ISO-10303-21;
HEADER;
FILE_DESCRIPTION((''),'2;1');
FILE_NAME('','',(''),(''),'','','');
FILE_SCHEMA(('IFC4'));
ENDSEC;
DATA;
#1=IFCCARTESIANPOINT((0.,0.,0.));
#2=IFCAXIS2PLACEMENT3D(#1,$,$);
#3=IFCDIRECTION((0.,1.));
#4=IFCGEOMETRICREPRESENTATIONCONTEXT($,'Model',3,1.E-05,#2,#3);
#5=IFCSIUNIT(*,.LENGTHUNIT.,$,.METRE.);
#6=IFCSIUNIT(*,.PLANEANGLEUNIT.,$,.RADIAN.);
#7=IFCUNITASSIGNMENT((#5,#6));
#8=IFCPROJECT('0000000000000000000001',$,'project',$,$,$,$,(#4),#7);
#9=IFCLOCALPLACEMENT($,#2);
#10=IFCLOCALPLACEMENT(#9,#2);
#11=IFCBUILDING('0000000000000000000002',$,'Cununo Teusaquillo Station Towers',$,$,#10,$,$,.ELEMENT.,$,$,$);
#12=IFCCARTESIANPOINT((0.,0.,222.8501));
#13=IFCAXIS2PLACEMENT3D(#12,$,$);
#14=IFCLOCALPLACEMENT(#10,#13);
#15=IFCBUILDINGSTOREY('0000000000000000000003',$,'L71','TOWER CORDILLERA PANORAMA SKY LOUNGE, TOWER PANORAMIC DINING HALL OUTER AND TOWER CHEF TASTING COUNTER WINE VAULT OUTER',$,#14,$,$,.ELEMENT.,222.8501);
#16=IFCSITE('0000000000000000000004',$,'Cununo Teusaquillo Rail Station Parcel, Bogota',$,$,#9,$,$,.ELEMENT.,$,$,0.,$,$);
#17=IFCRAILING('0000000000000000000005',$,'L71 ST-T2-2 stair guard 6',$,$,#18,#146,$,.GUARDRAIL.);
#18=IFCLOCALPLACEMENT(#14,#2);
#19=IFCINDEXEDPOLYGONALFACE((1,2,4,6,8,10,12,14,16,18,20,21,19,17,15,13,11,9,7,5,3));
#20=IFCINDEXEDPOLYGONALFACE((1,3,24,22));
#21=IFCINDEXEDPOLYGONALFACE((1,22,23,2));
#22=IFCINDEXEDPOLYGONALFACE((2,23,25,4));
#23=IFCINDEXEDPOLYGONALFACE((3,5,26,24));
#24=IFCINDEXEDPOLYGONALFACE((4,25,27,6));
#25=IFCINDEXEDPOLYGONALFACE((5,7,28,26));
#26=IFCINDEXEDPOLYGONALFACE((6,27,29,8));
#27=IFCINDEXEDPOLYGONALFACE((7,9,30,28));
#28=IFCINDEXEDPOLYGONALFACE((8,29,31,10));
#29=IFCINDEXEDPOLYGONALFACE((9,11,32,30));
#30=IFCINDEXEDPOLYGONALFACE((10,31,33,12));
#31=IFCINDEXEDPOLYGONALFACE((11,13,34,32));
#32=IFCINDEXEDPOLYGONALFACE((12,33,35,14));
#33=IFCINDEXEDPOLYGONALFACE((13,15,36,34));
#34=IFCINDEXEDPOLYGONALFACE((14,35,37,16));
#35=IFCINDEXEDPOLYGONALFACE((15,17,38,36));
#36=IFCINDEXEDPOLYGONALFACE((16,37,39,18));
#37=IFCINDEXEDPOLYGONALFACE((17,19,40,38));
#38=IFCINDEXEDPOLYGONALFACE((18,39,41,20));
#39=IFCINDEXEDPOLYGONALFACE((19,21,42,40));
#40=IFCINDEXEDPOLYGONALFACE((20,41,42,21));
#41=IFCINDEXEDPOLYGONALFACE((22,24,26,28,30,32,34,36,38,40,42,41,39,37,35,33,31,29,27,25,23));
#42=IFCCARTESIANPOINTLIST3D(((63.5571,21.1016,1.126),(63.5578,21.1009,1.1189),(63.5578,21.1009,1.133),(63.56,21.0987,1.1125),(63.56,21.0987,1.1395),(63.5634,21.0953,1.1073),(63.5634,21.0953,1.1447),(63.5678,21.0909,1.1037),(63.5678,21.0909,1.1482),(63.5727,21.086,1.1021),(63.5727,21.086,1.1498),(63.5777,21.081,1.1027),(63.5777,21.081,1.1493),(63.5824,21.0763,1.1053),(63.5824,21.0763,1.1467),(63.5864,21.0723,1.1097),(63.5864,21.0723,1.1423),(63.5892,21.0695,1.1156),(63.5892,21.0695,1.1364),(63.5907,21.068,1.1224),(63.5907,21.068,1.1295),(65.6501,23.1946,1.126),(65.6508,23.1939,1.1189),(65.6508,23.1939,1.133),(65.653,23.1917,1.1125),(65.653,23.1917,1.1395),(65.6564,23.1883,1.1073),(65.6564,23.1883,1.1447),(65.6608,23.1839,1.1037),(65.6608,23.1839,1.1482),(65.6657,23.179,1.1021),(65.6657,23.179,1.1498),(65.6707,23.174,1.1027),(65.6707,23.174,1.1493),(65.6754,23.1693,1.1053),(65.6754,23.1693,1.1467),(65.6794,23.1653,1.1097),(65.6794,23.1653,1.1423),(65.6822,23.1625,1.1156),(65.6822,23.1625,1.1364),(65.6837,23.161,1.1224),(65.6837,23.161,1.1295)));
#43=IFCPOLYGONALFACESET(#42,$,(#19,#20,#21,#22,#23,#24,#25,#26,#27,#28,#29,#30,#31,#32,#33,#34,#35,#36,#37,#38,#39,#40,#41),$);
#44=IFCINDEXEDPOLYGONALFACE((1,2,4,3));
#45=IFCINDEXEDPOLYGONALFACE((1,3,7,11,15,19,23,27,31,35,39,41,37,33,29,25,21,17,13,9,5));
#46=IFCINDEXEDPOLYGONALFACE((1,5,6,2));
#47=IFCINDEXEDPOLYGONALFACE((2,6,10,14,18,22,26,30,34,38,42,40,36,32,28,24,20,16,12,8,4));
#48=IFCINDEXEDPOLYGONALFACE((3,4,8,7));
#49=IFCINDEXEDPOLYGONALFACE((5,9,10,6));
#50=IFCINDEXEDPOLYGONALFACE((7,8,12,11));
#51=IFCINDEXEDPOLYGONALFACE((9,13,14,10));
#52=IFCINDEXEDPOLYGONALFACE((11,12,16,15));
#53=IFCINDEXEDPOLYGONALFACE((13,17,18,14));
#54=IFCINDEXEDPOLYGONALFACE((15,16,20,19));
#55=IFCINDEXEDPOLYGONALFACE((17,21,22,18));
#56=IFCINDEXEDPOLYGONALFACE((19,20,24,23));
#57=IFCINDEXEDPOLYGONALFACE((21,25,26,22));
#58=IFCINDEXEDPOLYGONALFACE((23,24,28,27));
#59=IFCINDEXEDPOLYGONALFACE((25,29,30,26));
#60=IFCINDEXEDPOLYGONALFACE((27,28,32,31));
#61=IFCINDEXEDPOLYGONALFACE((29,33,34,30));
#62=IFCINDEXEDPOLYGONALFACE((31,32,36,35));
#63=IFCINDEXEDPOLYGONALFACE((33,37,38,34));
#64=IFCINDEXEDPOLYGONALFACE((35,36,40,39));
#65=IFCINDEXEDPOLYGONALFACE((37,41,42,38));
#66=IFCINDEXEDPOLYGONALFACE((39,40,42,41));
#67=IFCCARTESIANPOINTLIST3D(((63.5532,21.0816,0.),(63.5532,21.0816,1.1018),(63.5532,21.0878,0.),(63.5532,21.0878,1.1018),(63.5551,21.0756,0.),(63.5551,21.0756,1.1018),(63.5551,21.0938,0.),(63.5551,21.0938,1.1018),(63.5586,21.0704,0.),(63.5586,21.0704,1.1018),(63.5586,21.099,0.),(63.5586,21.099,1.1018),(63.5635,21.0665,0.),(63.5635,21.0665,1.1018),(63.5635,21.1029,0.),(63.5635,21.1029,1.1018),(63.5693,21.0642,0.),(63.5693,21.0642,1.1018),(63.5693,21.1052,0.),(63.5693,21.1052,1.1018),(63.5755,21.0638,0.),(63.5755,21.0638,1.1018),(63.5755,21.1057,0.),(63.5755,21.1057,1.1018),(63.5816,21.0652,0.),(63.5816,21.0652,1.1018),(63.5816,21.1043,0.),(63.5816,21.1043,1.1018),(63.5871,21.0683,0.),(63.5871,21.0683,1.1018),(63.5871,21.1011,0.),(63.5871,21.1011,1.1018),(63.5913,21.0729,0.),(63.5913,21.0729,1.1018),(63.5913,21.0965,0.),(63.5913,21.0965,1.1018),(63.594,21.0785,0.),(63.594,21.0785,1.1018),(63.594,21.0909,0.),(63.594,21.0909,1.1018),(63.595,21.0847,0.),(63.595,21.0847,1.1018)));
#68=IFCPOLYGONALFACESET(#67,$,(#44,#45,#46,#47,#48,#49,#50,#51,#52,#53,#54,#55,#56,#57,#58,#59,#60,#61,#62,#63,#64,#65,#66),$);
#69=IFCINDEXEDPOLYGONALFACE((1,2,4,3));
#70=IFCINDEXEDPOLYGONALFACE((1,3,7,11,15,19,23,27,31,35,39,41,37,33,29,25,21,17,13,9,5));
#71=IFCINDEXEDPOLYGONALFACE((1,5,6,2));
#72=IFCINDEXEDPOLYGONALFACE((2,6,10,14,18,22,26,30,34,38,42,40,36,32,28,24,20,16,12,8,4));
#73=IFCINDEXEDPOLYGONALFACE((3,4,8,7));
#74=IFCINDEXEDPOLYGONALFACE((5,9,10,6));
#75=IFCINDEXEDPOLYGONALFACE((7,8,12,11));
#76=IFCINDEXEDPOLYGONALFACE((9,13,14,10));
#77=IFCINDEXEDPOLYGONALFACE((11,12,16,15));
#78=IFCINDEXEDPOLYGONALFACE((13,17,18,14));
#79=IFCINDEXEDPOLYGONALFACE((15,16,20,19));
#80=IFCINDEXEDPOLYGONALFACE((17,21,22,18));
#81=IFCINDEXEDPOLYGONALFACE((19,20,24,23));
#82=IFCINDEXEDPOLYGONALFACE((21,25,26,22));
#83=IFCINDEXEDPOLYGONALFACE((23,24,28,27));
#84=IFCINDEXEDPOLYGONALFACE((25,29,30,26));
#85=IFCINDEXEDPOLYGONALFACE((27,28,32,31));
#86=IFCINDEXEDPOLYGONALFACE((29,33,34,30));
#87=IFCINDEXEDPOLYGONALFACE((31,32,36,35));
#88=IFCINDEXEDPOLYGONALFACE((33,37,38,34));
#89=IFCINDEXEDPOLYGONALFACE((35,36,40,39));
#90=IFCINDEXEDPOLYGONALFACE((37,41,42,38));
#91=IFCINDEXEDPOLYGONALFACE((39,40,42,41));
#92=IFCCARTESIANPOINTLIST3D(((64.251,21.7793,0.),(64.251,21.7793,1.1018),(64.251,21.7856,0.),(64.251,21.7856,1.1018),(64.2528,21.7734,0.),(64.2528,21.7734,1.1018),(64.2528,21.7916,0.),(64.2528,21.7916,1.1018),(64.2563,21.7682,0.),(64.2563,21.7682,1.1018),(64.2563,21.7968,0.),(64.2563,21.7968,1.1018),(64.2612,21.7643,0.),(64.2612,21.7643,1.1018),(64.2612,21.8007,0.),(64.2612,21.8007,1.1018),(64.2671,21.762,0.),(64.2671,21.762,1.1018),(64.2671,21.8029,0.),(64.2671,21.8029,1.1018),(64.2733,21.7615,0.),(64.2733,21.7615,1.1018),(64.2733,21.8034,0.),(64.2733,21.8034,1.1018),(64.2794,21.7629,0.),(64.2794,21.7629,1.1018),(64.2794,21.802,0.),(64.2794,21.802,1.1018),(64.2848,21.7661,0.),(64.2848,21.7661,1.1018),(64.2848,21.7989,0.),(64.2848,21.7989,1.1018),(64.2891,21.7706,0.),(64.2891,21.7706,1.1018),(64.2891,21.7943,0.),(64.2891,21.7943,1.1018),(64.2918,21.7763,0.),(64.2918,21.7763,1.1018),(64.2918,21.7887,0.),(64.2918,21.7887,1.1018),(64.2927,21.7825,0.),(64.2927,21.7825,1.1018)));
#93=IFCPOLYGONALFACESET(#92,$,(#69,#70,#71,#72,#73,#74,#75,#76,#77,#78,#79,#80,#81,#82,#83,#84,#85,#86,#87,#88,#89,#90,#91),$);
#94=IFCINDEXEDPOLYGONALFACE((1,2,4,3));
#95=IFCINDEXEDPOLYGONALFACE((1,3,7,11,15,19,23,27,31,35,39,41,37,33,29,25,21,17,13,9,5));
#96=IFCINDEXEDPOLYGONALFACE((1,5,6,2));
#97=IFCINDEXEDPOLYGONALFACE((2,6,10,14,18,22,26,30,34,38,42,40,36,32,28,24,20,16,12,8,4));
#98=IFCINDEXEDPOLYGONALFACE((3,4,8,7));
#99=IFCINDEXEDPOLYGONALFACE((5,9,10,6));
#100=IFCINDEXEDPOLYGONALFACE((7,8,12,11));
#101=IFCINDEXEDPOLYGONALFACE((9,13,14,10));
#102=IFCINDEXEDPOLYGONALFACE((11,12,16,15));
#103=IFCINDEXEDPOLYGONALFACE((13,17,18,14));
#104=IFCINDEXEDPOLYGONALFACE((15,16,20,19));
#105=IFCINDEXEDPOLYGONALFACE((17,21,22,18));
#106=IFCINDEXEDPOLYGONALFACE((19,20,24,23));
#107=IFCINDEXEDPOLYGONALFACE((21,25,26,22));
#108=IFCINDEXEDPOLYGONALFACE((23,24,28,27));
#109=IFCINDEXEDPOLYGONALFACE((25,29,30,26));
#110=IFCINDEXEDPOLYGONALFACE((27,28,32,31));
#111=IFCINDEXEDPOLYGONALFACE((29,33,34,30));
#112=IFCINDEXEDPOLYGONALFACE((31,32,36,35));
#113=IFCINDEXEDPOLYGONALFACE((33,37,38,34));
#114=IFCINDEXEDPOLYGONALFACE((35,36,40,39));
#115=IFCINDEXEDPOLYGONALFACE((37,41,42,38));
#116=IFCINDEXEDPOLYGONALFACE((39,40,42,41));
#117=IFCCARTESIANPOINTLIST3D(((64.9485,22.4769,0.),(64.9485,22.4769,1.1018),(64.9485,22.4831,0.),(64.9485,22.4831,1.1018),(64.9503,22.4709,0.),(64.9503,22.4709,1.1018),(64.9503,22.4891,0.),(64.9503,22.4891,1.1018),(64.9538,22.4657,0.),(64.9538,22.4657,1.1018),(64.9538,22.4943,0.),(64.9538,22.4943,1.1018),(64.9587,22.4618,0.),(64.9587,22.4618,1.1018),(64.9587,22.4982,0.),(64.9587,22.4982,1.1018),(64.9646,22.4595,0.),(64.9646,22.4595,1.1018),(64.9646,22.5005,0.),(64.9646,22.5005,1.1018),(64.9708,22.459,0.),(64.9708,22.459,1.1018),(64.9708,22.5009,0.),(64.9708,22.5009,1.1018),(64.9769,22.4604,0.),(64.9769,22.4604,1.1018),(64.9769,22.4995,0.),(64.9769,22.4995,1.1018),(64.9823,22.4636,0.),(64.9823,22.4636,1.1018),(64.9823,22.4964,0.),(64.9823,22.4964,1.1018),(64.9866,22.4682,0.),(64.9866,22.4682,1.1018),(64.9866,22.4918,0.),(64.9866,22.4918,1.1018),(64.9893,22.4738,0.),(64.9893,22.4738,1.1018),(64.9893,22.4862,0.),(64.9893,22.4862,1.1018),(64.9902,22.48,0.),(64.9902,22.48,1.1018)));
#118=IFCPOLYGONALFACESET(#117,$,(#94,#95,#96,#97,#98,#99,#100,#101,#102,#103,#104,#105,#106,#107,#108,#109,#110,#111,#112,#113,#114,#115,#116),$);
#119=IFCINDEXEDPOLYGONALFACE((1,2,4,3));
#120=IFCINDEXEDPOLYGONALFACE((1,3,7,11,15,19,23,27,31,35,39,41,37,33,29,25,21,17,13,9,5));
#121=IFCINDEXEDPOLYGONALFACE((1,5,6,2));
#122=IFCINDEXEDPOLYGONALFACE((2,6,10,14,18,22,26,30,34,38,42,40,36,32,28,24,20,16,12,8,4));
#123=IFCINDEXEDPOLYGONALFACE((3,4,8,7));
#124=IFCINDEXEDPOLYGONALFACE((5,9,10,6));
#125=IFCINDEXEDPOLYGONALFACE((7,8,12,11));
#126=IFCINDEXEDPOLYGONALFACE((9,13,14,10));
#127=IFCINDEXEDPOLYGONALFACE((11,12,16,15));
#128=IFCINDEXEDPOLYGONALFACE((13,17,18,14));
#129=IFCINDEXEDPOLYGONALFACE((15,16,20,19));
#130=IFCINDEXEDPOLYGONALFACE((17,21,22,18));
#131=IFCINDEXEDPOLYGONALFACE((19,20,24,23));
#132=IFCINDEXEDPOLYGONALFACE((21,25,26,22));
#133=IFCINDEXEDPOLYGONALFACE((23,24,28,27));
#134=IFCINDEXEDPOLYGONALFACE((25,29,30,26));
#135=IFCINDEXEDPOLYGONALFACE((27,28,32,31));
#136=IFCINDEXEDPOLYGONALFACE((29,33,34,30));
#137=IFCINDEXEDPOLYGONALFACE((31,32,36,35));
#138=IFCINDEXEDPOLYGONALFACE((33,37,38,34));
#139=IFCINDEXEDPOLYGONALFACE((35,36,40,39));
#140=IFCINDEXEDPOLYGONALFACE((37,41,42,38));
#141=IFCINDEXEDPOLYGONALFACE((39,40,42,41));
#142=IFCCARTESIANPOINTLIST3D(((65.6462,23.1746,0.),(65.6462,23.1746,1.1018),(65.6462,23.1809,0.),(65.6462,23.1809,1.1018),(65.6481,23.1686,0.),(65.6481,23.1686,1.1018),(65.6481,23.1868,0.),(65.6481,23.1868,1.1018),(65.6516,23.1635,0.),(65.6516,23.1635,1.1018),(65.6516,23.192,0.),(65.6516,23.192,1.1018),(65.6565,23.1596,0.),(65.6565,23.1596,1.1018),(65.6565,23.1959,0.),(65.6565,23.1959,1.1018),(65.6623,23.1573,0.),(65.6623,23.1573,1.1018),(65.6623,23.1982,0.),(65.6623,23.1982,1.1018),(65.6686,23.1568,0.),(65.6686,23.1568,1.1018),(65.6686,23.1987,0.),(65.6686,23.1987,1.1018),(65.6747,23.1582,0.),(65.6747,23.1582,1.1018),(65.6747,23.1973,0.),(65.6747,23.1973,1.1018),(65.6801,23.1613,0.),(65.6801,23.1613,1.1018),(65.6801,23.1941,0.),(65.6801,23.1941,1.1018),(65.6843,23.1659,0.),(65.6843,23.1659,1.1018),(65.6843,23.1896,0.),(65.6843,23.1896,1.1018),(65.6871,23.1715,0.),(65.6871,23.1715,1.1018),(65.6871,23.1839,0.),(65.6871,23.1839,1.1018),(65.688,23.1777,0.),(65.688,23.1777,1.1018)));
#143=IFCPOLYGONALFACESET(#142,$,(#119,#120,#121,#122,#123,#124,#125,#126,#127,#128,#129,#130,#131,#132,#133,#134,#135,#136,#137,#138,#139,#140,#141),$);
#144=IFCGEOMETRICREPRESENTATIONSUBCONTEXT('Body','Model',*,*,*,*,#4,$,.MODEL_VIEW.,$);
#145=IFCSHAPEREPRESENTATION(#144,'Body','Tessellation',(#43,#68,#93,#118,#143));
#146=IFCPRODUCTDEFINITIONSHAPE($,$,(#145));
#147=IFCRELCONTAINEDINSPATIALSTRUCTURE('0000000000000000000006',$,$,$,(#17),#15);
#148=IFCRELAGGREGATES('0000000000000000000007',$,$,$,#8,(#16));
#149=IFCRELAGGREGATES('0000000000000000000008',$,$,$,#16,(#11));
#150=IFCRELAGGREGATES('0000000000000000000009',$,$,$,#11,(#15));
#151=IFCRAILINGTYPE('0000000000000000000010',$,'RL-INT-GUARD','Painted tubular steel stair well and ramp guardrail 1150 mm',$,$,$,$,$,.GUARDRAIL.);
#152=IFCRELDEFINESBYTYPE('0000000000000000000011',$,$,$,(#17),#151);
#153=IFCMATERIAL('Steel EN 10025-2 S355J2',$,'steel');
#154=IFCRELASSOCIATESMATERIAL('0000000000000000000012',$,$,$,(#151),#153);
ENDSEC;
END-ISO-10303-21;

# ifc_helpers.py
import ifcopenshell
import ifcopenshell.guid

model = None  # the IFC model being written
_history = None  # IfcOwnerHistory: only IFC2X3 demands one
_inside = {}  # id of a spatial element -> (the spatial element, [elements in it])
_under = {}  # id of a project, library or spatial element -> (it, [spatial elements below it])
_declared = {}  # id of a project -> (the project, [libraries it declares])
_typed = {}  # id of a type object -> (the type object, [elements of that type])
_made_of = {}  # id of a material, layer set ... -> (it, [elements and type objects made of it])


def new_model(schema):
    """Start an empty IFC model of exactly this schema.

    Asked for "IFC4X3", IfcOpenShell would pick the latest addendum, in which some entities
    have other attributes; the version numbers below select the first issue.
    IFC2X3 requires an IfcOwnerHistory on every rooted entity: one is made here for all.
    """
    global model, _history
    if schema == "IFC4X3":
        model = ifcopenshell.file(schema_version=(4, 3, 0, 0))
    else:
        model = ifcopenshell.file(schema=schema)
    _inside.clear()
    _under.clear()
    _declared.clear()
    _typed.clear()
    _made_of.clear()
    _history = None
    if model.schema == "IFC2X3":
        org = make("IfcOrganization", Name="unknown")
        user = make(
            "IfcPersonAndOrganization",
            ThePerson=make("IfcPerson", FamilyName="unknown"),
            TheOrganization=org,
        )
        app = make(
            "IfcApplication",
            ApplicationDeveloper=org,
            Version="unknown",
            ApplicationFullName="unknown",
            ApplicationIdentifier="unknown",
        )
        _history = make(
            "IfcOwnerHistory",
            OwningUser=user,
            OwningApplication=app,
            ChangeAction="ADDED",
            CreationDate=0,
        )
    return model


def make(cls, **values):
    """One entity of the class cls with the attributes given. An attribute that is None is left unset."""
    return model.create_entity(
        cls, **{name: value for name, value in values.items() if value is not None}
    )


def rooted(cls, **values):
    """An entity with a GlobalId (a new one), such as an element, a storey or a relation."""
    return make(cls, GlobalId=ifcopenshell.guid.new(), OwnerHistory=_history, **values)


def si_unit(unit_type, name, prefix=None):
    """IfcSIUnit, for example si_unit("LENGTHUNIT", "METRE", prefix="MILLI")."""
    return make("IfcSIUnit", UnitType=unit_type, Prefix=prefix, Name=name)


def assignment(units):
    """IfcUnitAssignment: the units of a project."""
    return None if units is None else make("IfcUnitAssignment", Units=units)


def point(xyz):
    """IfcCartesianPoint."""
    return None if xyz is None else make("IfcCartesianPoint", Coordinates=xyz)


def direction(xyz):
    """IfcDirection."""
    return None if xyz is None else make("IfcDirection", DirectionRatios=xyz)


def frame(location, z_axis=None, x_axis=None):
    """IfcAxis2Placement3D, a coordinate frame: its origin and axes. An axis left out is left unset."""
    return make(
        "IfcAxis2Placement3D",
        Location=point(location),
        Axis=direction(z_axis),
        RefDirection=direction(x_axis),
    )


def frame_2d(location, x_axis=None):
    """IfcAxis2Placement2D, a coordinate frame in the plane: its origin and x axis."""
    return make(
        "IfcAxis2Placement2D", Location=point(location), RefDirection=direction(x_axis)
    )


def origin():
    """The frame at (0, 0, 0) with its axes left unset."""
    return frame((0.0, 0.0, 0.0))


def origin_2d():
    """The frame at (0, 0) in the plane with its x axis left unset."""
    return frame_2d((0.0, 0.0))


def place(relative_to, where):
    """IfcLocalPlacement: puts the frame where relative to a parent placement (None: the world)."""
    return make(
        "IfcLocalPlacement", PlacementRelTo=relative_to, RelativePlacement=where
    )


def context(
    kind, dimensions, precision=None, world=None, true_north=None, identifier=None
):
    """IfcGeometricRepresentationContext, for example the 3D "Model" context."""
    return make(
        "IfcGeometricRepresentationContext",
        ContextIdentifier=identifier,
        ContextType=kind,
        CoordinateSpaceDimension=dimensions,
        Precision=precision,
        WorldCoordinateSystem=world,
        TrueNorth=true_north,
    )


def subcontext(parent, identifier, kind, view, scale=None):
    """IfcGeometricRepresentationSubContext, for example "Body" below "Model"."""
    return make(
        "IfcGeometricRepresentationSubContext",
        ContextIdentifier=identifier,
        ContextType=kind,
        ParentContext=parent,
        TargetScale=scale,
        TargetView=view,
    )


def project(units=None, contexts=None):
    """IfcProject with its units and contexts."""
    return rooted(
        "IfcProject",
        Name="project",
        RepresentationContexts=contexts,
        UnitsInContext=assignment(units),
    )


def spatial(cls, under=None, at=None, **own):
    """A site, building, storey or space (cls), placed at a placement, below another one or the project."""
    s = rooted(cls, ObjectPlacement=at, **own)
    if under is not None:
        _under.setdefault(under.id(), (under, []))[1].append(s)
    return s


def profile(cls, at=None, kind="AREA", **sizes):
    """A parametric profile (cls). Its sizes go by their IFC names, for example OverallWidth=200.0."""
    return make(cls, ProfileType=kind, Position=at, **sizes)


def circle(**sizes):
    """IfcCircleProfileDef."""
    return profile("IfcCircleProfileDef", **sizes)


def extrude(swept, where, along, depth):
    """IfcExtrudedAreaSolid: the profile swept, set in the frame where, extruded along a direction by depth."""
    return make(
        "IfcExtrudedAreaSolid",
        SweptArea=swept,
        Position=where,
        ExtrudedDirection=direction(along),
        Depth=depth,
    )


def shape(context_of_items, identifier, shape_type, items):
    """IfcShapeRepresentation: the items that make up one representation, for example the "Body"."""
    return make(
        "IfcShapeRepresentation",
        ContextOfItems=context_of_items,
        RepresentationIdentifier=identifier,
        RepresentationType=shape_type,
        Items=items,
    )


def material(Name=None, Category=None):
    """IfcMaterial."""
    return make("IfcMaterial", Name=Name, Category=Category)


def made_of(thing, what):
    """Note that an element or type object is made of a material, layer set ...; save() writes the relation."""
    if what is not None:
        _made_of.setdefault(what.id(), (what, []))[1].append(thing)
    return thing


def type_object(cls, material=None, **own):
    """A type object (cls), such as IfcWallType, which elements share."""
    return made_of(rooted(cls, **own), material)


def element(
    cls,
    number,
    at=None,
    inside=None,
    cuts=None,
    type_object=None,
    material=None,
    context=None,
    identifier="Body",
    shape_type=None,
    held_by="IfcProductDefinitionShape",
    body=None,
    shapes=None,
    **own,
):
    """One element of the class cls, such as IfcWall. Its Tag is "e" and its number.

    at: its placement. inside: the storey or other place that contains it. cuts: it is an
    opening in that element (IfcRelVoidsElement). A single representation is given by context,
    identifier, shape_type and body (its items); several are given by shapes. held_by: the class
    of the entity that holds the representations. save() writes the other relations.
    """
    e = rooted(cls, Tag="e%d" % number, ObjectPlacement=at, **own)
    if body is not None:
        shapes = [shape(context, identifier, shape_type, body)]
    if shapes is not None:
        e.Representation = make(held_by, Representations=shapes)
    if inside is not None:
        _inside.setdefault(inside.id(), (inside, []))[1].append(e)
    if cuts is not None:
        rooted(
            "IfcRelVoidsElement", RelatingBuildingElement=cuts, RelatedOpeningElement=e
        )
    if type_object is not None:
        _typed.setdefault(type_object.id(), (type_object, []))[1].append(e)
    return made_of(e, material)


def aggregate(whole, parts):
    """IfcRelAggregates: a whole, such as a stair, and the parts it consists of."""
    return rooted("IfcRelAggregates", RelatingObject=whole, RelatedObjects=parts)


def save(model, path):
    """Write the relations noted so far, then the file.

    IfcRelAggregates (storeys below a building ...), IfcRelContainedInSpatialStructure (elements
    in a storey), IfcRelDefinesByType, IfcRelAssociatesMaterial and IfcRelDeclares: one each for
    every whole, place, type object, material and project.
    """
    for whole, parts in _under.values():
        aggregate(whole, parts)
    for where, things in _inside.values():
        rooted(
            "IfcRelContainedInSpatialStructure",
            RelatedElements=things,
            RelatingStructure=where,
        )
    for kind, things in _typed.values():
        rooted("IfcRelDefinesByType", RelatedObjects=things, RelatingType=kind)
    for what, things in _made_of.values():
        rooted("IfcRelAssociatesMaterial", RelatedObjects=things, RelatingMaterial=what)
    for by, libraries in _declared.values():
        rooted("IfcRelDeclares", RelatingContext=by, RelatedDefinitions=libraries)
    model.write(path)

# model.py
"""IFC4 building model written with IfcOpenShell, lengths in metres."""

from ifc_helpers import new_model, si_unit, direction, frame, origin, origin_2d, place, context, subcontext, project, spatial, circle, extrude, material, type_object, element, save


model = new_model("IFC4")

# Units and contexts
model_context = context("Model", 3, precision=1e-05, world=origin(), true_north=direction((0.0, 1.0)))
body_context = subcontext(model_context, "Body", "Model", "MODEL_VIEW")
ifc_project = project(units=[si_unit("LENGTHUNIT", "METRE"), si_unit("PLANEANGLEUNIT", "RADIAN")], contexts=[model_context])

# Site, building, storey
site_placement = place(None, origin())
site = spatial("IfcSite", under=ifc_project, at=site_placement, Name="Cununo Teusaquillo Rail Station Parcel, Bogota", CompositionType="ELEMENT", RefElevation=0.0)
building_placement = place(site_placement, origin())
building = spatial("IfcBuilding", under=site, at=building_placement, Name="Cununo Teusaquillo Station Towers", CompositionType="ELEMENT")
storey_placement = place(building_placement, frame((0.0, 0.0, 222.8501)))
storey = spatial("IfcBuildingStorey", under=building, at=storey_placement, Name="L71", Description="TOWER CORDILLERA PANORAMA SKY LOUNGE, TOWER PANORAMIC DINING HALL OUTER AND TOWER CHEF TASTING COUNTER WINE VAULT OUTER", CompositionType="ELEMENT", Elevation=222.8501)

# Railing
ifc_material_1 = material(Name="Steel EN 10025-2 S355J2", Category="steel")
railing_type = type_object("IfcRailingType", Name="RL-INT-GUARD", Description="Painted tubular steel stair well and ramp guardrail 1150 mm", PredefinedType="GUARDRAIL", material=ifc_material_1)
railing_1_placement = place(storey_placement, frame((63.574, 21.0847, 0.0)))
element("IfcRailing", 1, at=railing_1_placement, inside=storey, type_object=railing_type, Name="L71 ST-T2-2 stair guard 6", PredefinedType="GUARDRAIL", context=body_context, shape_type="SweptSolid", body=[
    extrude(circle(Radius=0.0239, at=origin_2d()), frame((0.0, 0.0, 1.126), z_axis=(0.707107, 0.707107, 0.0), x_axis=(-0.707107, 0.707107, 0.0)), (0.0, 0.0, 1.0), 2.96),
    extrude(circle(Radius=0.021, at=origin_2d()), origin(), (0.0, 0.0, 1.0), 1.1018),
    extrude(circle(Radius=0.021, at=origin_2d()), frame((0.6978, 0.6978, 0.0)), (0.0, 0.0, 1.0), 1.1018),
    extrude(circle(Radius=0.021, at=origin_2d()), frame((1.3953, 1.3953, 0.0)), (0.0, 0.0, 1.0), 1.1018),
    extrude(circle(Radius=0.021, at=origin_2d()), frame((2.093, 2.093, 0.0)), (0.0, 0.0, 1.0), 1.1018),
])

save(model, "model.ifc")
